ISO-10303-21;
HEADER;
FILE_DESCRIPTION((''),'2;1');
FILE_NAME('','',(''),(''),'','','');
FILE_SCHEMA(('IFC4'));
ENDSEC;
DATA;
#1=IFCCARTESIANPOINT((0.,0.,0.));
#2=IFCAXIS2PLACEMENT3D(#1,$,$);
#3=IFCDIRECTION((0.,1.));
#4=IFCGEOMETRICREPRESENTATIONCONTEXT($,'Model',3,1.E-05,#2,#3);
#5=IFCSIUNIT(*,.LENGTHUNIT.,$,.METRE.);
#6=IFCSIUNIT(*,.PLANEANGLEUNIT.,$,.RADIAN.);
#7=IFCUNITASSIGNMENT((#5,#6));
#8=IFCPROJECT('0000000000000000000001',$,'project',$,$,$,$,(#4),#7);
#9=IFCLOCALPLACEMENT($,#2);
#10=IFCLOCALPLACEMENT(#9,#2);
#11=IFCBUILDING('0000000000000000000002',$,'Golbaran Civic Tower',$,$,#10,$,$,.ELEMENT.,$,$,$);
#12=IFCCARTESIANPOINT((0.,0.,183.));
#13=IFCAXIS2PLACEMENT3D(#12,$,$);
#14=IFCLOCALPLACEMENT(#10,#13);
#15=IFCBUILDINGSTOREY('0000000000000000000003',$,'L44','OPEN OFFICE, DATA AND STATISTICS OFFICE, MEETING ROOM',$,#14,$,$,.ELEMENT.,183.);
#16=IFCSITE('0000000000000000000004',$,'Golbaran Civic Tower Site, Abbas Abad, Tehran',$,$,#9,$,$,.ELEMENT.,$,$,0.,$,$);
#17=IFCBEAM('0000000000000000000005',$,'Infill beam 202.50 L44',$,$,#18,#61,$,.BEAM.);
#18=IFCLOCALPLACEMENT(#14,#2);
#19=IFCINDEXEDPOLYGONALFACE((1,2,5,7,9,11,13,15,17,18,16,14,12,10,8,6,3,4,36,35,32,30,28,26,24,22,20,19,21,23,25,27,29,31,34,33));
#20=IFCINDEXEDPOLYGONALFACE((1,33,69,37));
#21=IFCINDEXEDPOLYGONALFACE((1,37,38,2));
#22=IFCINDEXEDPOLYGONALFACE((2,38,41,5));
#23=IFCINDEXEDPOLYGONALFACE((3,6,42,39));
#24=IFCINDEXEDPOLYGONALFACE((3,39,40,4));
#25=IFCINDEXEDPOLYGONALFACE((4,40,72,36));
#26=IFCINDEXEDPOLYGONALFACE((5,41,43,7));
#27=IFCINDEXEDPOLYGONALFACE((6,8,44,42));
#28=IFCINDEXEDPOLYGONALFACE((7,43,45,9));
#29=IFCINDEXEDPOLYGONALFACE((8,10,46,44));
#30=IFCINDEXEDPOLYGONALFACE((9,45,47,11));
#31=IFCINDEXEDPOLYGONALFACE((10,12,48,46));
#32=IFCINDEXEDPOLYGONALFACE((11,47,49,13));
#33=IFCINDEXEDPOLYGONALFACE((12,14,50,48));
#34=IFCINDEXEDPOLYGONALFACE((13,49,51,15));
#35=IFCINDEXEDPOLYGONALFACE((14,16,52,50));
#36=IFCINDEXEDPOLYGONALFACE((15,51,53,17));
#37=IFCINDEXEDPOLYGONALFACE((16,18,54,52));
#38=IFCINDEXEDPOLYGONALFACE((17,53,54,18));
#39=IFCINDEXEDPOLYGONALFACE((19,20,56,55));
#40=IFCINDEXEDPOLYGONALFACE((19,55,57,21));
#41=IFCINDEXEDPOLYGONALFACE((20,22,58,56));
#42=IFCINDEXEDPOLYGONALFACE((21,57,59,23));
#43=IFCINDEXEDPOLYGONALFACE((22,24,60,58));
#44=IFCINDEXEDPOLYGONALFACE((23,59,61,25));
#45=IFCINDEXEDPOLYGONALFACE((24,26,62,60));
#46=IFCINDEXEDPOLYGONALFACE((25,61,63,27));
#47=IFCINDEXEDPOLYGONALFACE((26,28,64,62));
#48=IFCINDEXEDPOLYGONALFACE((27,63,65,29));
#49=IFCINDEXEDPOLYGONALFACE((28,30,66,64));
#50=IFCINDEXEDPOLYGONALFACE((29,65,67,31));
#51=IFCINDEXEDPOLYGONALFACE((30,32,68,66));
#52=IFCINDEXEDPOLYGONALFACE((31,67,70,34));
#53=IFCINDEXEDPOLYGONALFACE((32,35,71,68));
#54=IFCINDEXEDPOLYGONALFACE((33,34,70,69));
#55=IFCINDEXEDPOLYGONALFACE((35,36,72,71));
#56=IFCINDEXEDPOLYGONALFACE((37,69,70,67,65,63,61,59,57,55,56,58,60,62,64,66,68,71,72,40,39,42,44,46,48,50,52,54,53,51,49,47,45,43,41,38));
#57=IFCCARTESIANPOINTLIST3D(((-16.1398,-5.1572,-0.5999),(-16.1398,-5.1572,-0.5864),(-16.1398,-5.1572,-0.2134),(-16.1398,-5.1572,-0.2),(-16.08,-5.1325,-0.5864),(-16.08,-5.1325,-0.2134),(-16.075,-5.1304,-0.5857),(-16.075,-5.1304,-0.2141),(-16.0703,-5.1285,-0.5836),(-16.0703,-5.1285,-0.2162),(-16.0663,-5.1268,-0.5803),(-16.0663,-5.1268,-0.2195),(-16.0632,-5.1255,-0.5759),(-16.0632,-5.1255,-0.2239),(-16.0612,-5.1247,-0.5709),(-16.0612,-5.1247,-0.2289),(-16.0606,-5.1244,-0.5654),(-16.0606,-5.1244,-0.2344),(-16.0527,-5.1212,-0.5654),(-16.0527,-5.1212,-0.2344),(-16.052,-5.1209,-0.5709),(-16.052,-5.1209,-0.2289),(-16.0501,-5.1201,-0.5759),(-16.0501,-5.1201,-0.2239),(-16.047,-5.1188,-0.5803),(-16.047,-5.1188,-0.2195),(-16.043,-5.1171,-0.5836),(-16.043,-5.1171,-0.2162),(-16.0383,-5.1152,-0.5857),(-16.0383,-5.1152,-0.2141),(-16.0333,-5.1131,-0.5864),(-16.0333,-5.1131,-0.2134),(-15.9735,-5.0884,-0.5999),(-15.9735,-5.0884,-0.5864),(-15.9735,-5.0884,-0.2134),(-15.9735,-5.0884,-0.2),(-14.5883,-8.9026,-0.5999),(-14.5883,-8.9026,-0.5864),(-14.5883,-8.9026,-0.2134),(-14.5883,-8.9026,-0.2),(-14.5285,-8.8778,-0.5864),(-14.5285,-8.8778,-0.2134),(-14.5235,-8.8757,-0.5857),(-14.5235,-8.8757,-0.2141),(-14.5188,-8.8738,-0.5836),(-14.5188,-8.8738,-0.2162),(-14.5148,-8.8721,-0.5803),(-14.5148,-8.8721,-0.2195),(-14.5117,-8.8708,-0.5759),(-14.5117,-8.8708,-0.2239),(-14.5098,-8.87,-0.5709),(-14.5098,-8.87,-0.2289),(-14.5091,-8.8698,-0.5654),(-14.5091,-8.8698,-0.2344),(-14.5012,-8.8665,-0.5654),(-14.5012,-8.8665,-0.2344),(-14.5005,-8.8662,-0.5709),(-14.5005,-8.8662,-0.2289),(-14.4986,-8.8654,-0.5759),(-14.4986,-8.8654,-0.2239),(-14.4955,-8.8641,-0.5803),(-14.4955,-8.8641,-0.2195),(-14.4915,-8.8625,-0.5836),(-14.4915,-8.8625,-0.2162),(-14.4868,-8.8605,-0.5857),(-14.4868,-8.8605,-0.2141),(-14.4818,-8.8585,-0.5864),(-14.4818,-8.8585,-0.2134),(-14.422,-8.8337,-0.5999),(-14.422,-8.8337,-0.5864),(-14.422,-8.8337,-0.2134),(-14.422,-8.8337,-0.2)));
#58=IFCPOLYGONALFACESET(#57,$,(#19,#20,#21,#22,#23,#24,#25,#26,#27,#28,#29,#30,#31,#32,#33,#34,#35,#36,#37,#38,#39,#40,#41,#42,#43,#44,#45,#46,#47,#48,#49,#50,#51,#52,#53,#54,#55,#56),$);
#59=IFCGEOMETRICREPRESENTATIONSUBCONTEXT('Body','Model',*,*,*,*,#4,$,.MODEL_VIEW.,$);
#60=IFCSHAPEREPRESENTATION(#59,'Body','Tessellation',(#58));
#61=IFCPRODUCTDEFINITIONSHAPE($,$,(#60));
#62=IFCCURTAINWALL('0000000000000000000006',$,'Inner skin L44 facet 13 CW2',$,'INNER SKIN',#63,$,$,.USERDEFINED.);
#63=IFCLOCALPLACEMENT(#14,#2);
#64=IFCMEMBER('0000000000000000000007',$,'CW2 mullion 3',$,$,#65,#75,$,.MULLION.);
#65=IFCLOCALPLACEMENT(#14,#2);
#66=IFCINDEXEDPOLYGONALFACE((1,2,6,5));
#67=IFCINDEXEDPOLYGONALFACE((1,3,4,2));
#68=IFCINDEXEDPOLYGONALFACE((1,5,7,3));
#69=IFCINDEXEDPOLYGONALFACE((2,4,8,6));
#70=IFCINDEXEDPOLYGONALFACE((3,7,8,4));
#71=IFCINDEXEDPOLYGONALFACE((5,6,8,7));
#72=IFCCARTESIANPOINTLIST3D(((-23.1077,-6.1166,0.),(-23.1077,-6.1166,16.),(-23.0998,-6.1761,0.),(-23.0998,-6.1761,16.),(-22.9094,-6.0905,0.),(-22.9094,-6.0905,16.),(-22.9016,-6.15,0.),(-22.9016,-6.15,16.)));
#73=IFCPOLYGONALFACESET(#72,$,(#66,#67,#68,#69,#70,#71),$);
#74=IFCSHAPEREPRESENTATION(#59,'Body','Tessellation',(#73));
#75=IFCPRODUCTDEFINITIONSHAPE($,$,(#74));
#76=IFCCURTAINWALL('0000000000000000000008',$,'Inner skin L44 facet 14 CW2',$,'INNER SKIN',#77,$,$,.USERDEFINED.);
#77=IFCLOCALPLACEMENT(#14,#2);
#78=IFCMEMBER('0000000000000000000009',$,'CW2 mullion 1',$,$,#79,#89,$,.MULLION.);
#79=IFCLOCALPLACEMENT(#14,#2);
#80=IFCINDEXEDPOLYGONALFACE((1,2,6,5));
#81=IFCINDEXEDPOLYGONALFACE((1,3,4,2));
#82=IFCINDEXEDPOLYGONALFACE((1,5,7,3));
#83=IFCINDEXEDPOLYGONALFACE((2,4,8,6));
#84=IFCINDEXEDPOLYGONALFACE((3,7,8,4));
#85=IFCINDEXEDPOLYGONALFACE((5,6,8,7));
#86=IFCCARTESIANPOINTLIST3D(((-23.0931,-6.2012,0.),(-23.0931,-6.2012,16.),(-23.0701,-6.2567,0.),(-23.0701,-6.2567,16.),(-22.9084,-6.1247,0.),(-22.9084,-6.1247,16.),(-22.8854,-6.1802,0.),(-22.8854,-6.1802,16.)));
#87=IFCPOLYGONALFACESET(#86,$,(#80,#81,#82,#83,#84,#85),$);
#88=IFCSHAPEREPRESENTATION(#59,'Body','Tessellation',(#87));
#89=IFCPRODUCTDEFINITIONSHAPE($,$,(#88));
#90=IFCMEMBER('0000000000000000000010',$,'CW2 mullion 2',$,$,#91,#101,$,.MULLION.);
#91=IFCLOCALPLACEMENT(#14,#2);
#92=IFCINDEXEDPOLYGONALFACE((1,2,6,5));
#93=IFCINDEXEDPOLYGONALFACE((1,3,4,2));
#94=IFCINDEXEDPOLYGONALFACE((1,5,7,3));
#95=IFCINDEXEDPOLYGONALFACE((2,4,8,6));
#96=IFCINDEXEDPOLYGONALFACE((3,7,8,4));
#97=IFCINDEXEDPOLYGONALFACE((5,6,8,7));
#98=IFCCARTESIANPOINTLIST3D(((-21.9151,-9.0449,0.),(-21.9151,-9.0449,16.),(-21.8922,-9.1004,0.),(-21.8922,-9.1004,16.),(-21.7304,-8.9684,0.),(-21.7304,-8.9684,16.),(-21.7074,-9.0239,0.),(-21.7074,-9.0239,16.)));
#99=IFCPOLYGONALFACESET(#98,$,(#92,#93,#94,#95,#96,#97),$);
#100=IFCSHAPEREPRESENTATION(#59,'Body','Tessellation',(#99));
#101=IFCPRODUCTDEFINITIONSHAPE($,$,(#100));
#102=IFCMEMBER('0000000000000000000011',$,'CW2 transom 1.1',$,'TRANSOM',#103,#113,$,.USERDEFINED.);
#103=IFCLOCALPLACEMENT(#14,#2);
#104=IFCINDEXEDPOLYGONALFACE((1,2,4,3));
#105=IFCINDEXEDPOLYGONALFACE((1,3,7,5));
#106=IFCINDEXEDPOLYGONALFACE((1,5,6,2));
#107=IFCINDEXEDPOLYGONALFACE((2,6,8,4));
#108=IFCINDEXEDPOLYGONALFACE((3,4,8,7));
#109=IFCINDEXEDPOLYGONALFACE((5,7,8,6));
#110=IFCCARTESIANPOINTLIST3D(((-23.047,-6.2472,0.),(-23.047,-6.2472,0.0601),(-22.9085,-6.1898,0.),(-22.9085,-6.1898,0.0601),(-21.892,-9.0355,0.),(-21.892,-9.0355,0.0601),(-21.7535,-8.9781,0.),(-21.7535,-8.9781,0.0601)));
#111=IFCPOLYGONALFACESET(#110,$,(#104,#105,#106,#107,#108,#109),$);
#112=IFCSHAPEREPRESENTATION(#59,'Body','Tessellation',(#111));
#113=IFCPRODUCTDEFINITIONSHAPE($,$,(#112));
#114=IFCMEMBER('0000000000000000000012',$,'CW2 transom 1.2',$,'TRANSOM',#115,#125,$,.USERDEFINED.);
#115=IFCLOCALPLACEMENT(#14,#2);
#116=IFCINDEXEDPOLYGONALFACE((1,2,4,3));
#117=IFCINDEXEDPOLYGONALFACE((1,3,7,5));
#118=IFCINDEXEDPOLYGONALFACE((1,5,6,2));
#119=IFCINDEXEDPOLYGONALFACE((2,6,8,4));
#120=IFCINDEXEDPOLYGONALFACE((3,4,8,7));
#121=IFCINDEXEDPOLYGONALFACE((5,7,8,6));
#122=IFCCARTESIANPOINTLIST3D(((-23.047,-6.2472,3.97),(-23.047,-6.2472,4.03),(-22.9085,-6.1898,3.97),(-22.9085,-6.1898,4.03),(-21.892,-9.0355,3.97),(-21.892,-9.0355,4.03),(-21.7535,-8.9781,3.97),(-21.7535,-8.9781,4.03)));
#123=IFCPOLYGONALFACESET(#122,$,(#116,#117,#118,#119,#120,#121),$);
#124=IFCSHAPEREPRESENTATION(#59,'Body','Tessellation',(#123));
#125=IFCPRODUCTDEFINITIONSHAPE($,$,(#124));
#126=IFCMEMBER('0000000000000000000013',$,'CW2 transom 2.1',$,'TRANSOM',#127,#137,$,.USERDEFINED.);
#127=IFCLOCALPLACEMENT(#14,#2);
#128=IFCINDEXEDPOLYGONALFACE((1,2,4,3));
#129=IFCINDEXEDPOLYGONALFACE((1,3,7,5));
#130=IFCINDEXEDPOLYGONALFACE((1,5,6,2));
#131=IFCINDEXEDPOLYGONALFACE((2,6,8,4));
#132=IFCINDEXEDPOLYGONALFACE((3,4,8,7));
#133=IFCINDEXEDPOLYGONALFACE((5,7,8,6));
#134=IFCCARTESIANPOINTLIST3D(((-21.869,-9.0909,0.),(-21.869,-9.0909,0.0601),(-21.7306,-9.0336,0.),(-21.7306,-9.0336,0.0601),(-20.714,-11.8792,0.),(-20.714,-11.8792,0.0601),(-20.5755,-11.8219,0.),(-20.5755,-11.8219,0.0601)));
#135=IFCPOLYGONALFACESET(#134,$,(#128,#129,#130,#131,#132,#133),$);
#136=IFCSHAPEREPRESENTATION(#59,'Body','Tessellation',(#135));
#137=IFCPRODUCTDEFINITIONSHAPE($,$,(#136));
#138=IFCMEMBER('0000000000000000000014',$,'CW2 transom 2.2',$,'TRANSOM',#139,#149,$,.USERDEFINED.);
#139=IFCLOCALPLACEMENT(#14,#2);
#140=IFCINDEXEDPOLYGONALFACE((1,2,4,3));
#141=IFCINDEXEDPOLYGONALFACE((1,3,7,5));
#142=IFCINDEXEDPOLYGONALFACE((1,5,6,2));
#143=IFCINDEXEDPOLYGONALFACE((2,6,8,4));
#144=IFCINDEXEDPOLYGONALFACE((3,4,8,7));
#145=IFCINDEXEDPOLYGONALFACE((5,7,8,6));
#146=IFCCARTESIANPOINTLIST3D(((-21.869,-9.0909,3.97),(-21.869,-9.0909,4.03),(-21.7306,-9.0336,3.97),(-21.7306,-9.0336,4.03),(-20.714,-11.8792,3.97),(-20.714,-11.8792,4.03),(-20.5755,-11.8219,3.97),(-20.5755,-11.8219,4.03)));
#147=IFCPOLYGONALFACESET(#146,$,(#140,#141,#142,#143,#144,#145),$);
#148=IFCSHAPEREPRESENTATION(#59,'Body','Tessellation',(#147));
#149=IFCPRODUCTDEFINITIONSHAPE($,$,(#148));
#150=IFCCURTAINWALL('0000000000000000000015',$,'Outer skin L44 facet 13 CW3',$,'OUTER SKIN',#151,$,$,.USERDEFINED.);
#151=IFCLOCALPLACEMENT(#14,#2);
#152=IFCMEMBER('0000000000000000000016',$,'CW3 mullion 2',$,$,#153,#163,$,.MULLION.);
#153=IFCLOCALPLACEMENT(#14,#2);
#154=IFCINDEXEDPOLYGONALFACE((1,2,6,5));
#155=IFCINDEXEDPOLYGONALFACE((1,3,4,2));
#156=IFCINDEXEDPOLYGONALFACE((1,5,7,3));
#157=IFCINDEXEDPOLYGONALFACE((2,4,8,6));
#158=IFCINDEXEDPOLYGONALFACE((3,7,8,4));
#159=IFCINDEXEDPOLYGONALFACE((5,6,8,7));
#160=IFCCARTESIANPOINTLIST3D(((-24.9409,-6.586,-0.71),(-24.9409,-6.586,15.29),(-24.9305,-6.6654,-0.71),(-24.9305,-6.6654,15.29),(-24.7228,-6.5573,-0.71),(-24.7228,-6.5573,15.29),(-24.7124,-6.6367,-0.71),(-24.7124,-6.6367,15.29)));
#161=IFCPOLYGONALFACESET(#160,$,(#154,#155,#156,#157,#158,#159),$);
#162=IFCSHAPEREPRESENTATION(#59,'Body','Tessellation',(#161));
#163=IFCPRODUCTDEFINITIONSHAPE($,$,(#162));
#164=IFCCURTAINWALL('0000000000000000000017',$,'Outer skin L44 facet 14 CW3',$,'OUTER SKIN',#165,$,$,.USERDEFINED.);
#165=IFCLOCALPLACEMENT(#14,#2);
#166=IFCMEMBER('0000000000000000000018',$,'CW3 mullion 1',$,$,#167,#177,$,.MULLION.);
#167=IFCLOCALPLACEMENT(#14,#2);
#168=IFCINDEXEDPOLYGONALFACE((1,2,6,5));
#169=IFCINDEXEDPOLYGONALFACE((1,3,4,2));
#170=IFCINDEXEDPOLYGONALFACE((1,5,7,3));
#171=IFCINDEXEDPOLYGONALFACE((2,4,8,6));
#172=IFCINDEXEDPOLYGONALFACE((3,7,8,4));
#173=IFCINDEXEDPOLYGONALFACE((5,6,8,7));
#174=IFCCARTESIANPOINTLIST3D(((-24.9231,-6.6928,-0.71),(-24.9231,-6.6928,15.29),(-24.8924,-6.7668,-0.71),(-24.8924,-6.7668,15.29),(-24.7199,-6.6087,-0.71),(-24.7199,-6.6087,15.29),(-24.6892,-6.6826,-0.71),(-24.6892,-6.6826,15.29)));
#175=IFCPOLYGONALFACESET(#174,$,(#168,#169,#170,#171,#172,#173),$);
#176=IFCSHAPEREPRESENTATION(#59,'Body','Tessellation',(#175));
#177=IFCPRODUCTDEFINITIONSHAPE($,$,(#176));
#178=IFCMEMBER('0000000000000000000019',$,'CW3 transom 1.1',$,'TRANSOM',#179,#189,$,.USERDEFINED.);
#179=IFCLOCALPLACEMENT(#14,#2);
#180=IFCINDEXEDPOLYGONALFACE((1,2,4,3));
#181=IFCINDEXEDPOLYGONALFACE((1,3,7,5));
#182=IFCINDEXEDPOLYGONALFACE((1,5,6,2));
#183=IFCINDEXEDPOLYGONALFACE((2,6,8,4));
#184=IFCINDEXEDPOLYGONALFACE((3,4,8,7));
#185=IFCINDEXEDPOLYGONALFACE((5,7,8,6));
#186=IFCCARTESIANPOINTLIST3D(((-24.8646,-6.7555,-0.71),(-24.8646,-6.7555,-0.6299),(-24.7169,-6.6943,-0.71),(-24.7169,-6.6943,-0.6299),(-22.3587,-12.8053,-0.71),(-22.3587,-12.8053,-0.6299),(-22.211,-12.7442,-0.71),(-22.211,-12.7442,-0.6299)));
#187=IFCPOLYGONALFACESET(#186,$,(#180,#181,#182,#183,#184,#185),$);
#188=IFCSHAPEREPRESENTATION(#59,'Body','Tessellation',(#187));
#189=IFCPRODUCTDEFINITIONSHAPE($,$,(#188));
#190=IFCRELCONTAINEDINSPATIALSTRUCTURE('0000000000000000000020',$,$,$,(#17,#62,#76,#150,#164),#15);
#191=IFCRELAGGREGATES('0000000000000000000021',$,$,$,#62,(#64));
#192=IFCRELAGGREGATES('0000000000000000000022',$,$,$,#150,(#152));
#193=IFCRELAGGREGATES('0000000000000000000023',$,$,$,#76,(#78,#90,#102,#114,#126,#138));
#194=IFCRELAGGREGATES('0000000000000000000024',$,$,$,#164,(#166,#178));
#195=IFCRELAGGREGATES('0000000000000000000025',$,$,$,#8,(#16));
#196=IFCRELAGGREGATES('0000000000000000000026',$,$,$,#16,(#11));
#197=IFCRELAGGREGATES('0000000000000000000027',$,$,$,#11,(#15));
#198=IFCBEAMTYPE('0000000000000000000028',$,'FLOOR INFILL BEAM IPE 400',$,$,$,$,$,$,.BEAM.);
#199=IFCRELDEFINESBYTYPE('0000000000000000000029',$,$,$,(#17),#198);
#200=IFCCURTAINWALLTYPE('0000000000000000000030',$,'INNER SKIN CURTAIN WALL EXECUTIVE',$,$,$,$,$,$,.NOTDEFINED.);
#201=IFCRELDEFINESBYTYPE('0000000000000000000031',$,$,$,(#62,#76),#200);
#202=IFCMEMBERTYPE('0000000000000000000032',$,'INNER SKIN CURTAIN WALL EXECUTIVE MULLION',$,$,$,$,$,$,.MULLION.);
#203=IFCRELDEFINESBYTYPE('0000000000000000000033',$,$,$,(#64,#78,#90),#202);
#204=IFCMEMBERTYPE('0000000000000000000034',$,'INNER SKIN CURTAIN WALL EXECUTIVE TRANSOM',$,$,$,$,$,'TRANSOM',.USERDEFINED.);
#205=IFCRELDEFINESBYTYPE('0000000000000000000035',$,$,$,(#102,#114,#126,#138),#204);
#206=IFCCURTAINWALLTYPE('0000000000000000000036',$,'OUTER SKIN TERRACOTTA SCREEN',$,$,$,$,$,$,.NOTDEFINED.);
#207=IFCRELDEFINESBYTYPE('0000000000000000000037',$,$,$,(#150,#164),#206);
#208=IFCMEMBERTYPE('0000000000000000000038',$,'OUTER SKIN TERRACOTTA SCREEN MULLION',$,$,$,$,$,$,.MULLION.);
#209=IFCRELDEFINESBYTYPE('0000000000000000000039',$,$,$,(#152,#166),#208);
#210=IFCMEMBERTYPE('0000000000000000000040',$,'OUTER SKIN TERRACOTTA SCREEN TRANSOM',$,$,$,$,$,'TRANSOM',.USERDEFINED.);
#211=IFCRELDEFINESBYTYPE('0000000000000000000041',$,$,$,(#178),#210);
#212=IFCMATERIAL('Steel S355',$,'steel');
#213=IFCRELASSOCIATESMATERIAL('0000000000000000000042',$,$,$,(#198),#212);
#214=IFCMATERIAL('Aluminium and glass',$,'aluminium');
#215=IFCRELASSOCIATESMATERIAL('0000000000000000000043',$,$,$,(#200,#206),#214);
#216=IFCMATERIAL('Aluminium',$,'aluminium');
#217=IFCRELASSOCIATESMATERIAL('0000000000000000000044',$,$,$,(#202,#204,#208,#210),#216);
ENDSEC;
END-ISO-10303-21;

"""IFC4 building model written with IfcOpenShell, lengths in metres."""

from ifc_helpers import new_model, si_unit, direction, frame, origin, origin_2d, place, context, subcontext, project, spatial, rectangle, i_section, extrude, material, material_profile, profile_set, type_object, element, aggregate, save


model = new_model("IFC4")

# Units and contexts
model_context = context("Model", 3, precision=1e-05, world=origin(), true_north=direction((0.0, 1.0)))
body_context = subcontext(model_context, "Body", "Model", "MODEL_VIEW")
ifc_project = project(units=[si_unit("LENGTHUNIT", "METRE"), si_unit("PLANEANGLEUNIT", "RADIAN")], contexts=[model_context])

# Site, building, storey
site_placement = place(None, origin())
site = spatial("IfcSite", under=ifc_project, at=site_placement, Name="Golbaran Civic Tower Site, Abbas Abad, Tehran", CompositionType="ELEMENT", RefElevation=0.0)
building_placement = place(site_placement, origin())
building = spatial("IfcBuilding", under=site, at=building_placement, Name="Golbaran Civic Tower", CompositionType="ELEMENT")
storey_placement = place(building_placement, frame((0.0, 0.0, 183.0)))
storey = spatial("IfcBuildingStorey", under=building, at=storey_placement, Name="L44", Description="OPEN OFFICE, DATA AND STATISTICS OFFICE, MEETING ROOM", CompositionType="ELEMENT", Elevation=183.0)

# Beam
ifc_material_1 = material(Name="Steel S355", Category="steel")
ifc_material_profile_1 = material_profile(ifc_material_1, i_section(OverallWidth=0.1799, OverallDepth=0.3999, WebThickness=0.0085, FlangeThickness=0.0134, FilletRadius=0.021, at=origin_2d()), Name="IPE 400")
ifc_profile_set_1 = profile_set([ifc_material_profile_1], Name="Steel S355")
beam_type = type_object("IfcBeamType", Name="FLOOR INFILL BEAM IPE 400", PredefinedType="BEAM", material=ifc_profile_set_1)
beam_placement = place(storey_placement, frame((-16.0566, -5.1228, -0.3999), z_axis=(0.382712, -0.923868, 0.0), x_axis=(0.923868, 0.382712, 0.0)))
element("IfcBeam", 1, at=beam_placement, inside=storey, type_object=beam_type, Name="Infill beam 202.50 L44", PredefinedType="BEAM", context=body_context, shape_type="SweptSolid", body=[
    extrude(i_section(OverallWidth=0.1799, OverallDepth=0.3999, WebThickness=0.0085, FlangeThickness=0.0134, FilletRadius=0.021, at=origin_2d()), origin(), (0.0, 0.0, 1.0), 4.054),
])

# Curtain wall, member
ifc_material_2 = material(Name="Aluminium and glass", Category="aluminium")
curtain_wall_type_1 = type_object("IfcCurtainWallType", Name="INNER SKIN CURTAIN WALL EXECUTIVE", PredefinedType="NOTDEFINED", material=ifc_material_2)
curtain_wall_1_placement = place(storey_placement, origin())
curtain_wall_1 = element("IfcCurtainWall", 2, at=curtain_wall_1_placement, inside=storey, type_object=curtain_wall_type_1, Name="Inner skin L44 facet 13 CW2", ObjectType="INNER SKIN", PredefinedType="USERDEFINED")
ifc_material_3 = material(Name="Aluminium", Category="aluminium")
ifc_material_profile_2 = material_profile(ifc_material_3, rectangle(XDim=0.2, YDim=0.0601, at=origin_2d()), Name="INNER SKIN CURTAIN WALL EXECUTIVE MULLION")
ifc_profile_set_2 = profile_set([ifc_material_profile_2], Name="Aluminium")
member_type_1 = type_object("IfcMemberType", Name="INNER SKIN CURTAIN WALL EXECUTIVE MULLION", PredefinedType="MULLION", material=ifc_profile_set_2)
member_1_placement = place(storey_placement, frame((-23.0046, -6.1333, 0.0), z_axis=(0.0, 0.0, 1.0), x_axis=(0.991445, 0.130526, 0.0)))
member_1 = element("IfcMember", 3, at=member_1_placement, type_object=member_type_1, Name="CW2 mullion 3", PredefinedType="MULLION", context=body_context, shape_type="SweptSolid", body=[
    extrude(rectangle(XDim=0.2, YDim=0.0601, at=origin_2d()), origin(), (0.0, 0.0, 1.0), 16.0),
])
aggregate(curtain_wall_1, [member_1])

# Curtain wall, members
curtain_wall_2_placement = place(storey_placement, origin())
curtain_wall_2 = element("IfcCurtainWall", 4, at=curtain_wall_2_placement, inside=storey, type_object=curtain_wall_type_1, Name="Inner skin L44 facet 14 CW2", ObjectType="INNER SKIN", PredefinedType="USERDEFINED")
member_2_placement = place(storey_placement, frame((-22.9893, -6.1907, 0.0), z_axis=(0.0, 0.0, 1.0), x_axis=(0.92388, 0.382683, 0.0)))
member_2 = element("IfcMember", 5, at=member_2_placement, type_object=member_type_1, Name="CW2 mullion 1", PredefinedType="MULLION", context=body_context, shape_type="SweptSolid", body=[
    extrude(rectangle(XDim=0.2, YDim=0.0601, at=origin_2d()), origin(), (0.0, 0.0, 1.0), 16.0),
])
member_3_placement = place(storey_placement, frame((-21.8113, -9.0344, 0.0), z_axis=(0.0, 0.0, 1.0), x_axis=(0.92388, 0.382683, 0.0)))
member_3 = element("IfcMember", 6, at=member_3_placement, type_object=member_type_1, Name="CW2 mullion 2", PredefinedType="MULLION", context=body_context, shape_type="SweptSolid", body=[
    extrude(rectangle(XDim=0.2, YDim=0.0601, at=origin_2d()), origin(), (0.0, 0.0, 1.0), 16.0),
])
ifc_material_profile_3 = material_profile(ifc_material_3, rectangle(XDim=0.1499, YDim=0.0601, at=origin_2d()), Name="INNER SKIN CURTAIN WALL EXECUTIVE TRANSOM")
ifc_profile_set_3 = profile_set([ifc_material_profile_3], Name="Aluminium")
member_type_2 = type_object("IfcMemberType", Name="INNER SKIN CURTAIN WALL EXECUTIVE TRANSOM", ElementType="TRANSOM", PredefinedType="USERDEFINED", material=ifc_profile_set_3)
member_4_placement = place(storey_placement, frame((-22.9778, -6.2185, 0.03), z_axis=(0.382702, -0.923872, 0.0), x_axis=(0.923872, 0.382702, 0.0)))
member_4 = element("IfcMember", 7, at=member_4_placement, type_object=member_type_2, Name="CW2 transom 1.1", ObjectType="TRANSOM", PredefinedType="USERDEFINED", context=body_context, shape_type="SweptSolid", body=[
    extrude(rectangle(XDim=0.1499, YDim=0.0601, at=origin_2d()), origin(), (0.0, 0.0, 1.0), 3.0181),
])
member_5_placement = place(storey_placement, frame((-22.9778, -6.2185, 4.0), z_axis=(0.382702, -0.923872, 0.0), x_axis=(0.923872, 0.382702, 0.0)))
member_5 = element("IfcMember", 8, at=member_5_placement, type_object=member_type_2, Name="CW2 transom 1.2", ObjectType="TRANSOM", PredefinedType="USERDEFINED", context=body_context, shape_type="SweptSolid", body=[
    extrude(rectangle(XDim=0.1499, YDim=0.0601, at=origin_2d()), origin(), (0.0, 0.0, 1.0), 3.0181),
])
member_6_placement = place(storey_placement, frame((-21.7998, -9.0623, 0.03), z_axis=(0.382702, -0.923872, 0.0), x_axis=(0.923872, 0.382702, 0.0)))
member_6 = element("IfcMember", 9, at=member_6_placement, type_object=member_type_2, Name="CW2 transom 2.1", ObjectType="TRANSOM", PredefinedType="USERDEFINED", context=body_context, shape_type="SweptSolid", body=[
    extrude(rectangle(XDim=0.1499, YDim=0.0601, at=origin_2d()), origin(), (0.0, 0.0, 1.0), 3.0181),
])
member_7_placement = place(storey_placement, frame((-21.7998, -9.0623, 4.0), z_axis=(0.382702, -0.923872, 0.0), x_axis=(0.923872, 0.382702, 0.0)))
member_7 = element("IfcMember", 10, at=member_7_placement, type_object=member_type_2, Name="CW2 transom 2.2", ObjectType="TRANSOM", PredefinedType="USERDEFINED", context=body_context, shape_type="SweptSolid", body=[
    extrude(rectangle(XDim=0.1499, YDim=0.0601, at=origin_2d()), origin(), (0.0, 0.0, 1.0), 3.0181),
])

# Curtain wall, member
curtain_wall_type_2 = type_object("IfcCurtainWallType", Name="OUTER SKIN TERRACOTTA SCREEN", PredefinedType="NOTDEFINED", material=ifc_material_2)
curtain_wall_3_placement = place(storey_placement, origin())
curtain_wall_3 = element("IfcCurtainWall", 11, at=curtain_wall_3_placement, inside=storey, type_object=curtain_wall_type_2, Name="Outer skin L44 facet 13 CW3", ObjectType="OUTER SKIN", PredefinedType="USERDEFINED")
ifc_material_profile_4 = material_profile(ifc_material_3, rectangle(XDim=0.22, YDim=0.0801, at=origin_2d()), Name="OUTER SKIN TERRACOTTA SCREEN MULLION")
ifc_profile_set_4 = profile_set([ifc_material_profile_4], Name="Aluminium")
member_type_3 = type_object("IfcMemberType", Name="OUTER SKIN TERRACOTTA SCREEN MULLION", PredefinedType="MULLION", material=ifc_profile_set_4)
member_8_placement = place(storey_placement, frame((-24.8267, -6.6113, -0.71), z_axis=(0.0, 0.0, 1.0), x_axis=(0.991445, 0.130526, 0.0)))
member_8 = element("IfcMember", 12, at=member_8_placement, type_object=member_type_3, Name="CW3 mullion 2", PredefinedType="MULLION", context=body_context, shape_type="SweptSolid", body=[
    extrude(rectangle(XDim=0.22, YDim=0.0801, at=origin_2d()), origin(), (0.0, 0.0, 1.0), 16.0),
])
aggregate(curtain_wall_3, [member_8])

# Curtain wall, members
curtain_wall_4_placement = place(storey_placement, origin())
curtain_wall_4 = element("IfcCurtainWall", 13, at=curtain_wall_4_placement, inside=storey, type_object=curtain_wall_type_2, Name="Outer skin L44 facet 14 CW3", ObjectType="OUTER SKIN", PredefinedType="USERDEFINED")
member_9_placement = place(storey_placement, frame((-24.8062, -6.6877, -0.71), z_axis=(0.0, 0.0, 1.0), x_axis=(0.92388, 0.382683, 0.0)))
member_9 = element("IfcMember", 14, at=member_9_placement, type_object=member_type_3, Name="CW3 mullion 1", PredefinedType="MULLION", context=body_context, shape_type="SweptSolid", body=[
    extrude(rectangle(XDim=0.22, YDim=0.0801, at=origin_2d()), origin(), (0.0, 0.0, 1.0), 16.0),
])
ifc_material_profile_5 = material_profile(ifc_material_3, rectangle(XDim=0.1599, YDim=0.0801, at=origin_2d()), Name="OUTER SKIN TERRACOTTA SCREEN TRANSOM")
ifc_profile_set_5 = profile_set([ifc_material_profile_5], Name="Aluminium")
member_type_4 = type_object("IfcMemberType", Name="OUTER SKIN TERRACOTTA SCREEN TRANSOM", ElementType="TRANSOM", PredefinedType="USERDEFINED", material=ifc_profile_set_5)
member_10_placement = place(storey_placement, frame((-24.7908, -6.7249, -0.6699), z_axis=(0.382677, -0.923882, 0.0), x_axis=(0.923882, 0.382677, 0.0)))
member_10 = element("IfcMember", 15, at=member_10_placement, type_object=member_type_4, Name="CW3 transom 1.1", ObjectType="TRANSOM", PredefinedType="USERDEFINED", context=body_context, shape_type="SweptSolid", body=[
    extrude(rectangle(XDim=0.1599, YDim=0.0801, at=origin_2d()), origin(), (0.0, 0.0, 1.0), 6.5483),
])

aggregate(curtain_wall_2, [member_2, member_3, member_4, member_5, member_6, member_7])
aggregate(curtain_wall_4, [member_9, member_10])

save(model, "model.ifc")
